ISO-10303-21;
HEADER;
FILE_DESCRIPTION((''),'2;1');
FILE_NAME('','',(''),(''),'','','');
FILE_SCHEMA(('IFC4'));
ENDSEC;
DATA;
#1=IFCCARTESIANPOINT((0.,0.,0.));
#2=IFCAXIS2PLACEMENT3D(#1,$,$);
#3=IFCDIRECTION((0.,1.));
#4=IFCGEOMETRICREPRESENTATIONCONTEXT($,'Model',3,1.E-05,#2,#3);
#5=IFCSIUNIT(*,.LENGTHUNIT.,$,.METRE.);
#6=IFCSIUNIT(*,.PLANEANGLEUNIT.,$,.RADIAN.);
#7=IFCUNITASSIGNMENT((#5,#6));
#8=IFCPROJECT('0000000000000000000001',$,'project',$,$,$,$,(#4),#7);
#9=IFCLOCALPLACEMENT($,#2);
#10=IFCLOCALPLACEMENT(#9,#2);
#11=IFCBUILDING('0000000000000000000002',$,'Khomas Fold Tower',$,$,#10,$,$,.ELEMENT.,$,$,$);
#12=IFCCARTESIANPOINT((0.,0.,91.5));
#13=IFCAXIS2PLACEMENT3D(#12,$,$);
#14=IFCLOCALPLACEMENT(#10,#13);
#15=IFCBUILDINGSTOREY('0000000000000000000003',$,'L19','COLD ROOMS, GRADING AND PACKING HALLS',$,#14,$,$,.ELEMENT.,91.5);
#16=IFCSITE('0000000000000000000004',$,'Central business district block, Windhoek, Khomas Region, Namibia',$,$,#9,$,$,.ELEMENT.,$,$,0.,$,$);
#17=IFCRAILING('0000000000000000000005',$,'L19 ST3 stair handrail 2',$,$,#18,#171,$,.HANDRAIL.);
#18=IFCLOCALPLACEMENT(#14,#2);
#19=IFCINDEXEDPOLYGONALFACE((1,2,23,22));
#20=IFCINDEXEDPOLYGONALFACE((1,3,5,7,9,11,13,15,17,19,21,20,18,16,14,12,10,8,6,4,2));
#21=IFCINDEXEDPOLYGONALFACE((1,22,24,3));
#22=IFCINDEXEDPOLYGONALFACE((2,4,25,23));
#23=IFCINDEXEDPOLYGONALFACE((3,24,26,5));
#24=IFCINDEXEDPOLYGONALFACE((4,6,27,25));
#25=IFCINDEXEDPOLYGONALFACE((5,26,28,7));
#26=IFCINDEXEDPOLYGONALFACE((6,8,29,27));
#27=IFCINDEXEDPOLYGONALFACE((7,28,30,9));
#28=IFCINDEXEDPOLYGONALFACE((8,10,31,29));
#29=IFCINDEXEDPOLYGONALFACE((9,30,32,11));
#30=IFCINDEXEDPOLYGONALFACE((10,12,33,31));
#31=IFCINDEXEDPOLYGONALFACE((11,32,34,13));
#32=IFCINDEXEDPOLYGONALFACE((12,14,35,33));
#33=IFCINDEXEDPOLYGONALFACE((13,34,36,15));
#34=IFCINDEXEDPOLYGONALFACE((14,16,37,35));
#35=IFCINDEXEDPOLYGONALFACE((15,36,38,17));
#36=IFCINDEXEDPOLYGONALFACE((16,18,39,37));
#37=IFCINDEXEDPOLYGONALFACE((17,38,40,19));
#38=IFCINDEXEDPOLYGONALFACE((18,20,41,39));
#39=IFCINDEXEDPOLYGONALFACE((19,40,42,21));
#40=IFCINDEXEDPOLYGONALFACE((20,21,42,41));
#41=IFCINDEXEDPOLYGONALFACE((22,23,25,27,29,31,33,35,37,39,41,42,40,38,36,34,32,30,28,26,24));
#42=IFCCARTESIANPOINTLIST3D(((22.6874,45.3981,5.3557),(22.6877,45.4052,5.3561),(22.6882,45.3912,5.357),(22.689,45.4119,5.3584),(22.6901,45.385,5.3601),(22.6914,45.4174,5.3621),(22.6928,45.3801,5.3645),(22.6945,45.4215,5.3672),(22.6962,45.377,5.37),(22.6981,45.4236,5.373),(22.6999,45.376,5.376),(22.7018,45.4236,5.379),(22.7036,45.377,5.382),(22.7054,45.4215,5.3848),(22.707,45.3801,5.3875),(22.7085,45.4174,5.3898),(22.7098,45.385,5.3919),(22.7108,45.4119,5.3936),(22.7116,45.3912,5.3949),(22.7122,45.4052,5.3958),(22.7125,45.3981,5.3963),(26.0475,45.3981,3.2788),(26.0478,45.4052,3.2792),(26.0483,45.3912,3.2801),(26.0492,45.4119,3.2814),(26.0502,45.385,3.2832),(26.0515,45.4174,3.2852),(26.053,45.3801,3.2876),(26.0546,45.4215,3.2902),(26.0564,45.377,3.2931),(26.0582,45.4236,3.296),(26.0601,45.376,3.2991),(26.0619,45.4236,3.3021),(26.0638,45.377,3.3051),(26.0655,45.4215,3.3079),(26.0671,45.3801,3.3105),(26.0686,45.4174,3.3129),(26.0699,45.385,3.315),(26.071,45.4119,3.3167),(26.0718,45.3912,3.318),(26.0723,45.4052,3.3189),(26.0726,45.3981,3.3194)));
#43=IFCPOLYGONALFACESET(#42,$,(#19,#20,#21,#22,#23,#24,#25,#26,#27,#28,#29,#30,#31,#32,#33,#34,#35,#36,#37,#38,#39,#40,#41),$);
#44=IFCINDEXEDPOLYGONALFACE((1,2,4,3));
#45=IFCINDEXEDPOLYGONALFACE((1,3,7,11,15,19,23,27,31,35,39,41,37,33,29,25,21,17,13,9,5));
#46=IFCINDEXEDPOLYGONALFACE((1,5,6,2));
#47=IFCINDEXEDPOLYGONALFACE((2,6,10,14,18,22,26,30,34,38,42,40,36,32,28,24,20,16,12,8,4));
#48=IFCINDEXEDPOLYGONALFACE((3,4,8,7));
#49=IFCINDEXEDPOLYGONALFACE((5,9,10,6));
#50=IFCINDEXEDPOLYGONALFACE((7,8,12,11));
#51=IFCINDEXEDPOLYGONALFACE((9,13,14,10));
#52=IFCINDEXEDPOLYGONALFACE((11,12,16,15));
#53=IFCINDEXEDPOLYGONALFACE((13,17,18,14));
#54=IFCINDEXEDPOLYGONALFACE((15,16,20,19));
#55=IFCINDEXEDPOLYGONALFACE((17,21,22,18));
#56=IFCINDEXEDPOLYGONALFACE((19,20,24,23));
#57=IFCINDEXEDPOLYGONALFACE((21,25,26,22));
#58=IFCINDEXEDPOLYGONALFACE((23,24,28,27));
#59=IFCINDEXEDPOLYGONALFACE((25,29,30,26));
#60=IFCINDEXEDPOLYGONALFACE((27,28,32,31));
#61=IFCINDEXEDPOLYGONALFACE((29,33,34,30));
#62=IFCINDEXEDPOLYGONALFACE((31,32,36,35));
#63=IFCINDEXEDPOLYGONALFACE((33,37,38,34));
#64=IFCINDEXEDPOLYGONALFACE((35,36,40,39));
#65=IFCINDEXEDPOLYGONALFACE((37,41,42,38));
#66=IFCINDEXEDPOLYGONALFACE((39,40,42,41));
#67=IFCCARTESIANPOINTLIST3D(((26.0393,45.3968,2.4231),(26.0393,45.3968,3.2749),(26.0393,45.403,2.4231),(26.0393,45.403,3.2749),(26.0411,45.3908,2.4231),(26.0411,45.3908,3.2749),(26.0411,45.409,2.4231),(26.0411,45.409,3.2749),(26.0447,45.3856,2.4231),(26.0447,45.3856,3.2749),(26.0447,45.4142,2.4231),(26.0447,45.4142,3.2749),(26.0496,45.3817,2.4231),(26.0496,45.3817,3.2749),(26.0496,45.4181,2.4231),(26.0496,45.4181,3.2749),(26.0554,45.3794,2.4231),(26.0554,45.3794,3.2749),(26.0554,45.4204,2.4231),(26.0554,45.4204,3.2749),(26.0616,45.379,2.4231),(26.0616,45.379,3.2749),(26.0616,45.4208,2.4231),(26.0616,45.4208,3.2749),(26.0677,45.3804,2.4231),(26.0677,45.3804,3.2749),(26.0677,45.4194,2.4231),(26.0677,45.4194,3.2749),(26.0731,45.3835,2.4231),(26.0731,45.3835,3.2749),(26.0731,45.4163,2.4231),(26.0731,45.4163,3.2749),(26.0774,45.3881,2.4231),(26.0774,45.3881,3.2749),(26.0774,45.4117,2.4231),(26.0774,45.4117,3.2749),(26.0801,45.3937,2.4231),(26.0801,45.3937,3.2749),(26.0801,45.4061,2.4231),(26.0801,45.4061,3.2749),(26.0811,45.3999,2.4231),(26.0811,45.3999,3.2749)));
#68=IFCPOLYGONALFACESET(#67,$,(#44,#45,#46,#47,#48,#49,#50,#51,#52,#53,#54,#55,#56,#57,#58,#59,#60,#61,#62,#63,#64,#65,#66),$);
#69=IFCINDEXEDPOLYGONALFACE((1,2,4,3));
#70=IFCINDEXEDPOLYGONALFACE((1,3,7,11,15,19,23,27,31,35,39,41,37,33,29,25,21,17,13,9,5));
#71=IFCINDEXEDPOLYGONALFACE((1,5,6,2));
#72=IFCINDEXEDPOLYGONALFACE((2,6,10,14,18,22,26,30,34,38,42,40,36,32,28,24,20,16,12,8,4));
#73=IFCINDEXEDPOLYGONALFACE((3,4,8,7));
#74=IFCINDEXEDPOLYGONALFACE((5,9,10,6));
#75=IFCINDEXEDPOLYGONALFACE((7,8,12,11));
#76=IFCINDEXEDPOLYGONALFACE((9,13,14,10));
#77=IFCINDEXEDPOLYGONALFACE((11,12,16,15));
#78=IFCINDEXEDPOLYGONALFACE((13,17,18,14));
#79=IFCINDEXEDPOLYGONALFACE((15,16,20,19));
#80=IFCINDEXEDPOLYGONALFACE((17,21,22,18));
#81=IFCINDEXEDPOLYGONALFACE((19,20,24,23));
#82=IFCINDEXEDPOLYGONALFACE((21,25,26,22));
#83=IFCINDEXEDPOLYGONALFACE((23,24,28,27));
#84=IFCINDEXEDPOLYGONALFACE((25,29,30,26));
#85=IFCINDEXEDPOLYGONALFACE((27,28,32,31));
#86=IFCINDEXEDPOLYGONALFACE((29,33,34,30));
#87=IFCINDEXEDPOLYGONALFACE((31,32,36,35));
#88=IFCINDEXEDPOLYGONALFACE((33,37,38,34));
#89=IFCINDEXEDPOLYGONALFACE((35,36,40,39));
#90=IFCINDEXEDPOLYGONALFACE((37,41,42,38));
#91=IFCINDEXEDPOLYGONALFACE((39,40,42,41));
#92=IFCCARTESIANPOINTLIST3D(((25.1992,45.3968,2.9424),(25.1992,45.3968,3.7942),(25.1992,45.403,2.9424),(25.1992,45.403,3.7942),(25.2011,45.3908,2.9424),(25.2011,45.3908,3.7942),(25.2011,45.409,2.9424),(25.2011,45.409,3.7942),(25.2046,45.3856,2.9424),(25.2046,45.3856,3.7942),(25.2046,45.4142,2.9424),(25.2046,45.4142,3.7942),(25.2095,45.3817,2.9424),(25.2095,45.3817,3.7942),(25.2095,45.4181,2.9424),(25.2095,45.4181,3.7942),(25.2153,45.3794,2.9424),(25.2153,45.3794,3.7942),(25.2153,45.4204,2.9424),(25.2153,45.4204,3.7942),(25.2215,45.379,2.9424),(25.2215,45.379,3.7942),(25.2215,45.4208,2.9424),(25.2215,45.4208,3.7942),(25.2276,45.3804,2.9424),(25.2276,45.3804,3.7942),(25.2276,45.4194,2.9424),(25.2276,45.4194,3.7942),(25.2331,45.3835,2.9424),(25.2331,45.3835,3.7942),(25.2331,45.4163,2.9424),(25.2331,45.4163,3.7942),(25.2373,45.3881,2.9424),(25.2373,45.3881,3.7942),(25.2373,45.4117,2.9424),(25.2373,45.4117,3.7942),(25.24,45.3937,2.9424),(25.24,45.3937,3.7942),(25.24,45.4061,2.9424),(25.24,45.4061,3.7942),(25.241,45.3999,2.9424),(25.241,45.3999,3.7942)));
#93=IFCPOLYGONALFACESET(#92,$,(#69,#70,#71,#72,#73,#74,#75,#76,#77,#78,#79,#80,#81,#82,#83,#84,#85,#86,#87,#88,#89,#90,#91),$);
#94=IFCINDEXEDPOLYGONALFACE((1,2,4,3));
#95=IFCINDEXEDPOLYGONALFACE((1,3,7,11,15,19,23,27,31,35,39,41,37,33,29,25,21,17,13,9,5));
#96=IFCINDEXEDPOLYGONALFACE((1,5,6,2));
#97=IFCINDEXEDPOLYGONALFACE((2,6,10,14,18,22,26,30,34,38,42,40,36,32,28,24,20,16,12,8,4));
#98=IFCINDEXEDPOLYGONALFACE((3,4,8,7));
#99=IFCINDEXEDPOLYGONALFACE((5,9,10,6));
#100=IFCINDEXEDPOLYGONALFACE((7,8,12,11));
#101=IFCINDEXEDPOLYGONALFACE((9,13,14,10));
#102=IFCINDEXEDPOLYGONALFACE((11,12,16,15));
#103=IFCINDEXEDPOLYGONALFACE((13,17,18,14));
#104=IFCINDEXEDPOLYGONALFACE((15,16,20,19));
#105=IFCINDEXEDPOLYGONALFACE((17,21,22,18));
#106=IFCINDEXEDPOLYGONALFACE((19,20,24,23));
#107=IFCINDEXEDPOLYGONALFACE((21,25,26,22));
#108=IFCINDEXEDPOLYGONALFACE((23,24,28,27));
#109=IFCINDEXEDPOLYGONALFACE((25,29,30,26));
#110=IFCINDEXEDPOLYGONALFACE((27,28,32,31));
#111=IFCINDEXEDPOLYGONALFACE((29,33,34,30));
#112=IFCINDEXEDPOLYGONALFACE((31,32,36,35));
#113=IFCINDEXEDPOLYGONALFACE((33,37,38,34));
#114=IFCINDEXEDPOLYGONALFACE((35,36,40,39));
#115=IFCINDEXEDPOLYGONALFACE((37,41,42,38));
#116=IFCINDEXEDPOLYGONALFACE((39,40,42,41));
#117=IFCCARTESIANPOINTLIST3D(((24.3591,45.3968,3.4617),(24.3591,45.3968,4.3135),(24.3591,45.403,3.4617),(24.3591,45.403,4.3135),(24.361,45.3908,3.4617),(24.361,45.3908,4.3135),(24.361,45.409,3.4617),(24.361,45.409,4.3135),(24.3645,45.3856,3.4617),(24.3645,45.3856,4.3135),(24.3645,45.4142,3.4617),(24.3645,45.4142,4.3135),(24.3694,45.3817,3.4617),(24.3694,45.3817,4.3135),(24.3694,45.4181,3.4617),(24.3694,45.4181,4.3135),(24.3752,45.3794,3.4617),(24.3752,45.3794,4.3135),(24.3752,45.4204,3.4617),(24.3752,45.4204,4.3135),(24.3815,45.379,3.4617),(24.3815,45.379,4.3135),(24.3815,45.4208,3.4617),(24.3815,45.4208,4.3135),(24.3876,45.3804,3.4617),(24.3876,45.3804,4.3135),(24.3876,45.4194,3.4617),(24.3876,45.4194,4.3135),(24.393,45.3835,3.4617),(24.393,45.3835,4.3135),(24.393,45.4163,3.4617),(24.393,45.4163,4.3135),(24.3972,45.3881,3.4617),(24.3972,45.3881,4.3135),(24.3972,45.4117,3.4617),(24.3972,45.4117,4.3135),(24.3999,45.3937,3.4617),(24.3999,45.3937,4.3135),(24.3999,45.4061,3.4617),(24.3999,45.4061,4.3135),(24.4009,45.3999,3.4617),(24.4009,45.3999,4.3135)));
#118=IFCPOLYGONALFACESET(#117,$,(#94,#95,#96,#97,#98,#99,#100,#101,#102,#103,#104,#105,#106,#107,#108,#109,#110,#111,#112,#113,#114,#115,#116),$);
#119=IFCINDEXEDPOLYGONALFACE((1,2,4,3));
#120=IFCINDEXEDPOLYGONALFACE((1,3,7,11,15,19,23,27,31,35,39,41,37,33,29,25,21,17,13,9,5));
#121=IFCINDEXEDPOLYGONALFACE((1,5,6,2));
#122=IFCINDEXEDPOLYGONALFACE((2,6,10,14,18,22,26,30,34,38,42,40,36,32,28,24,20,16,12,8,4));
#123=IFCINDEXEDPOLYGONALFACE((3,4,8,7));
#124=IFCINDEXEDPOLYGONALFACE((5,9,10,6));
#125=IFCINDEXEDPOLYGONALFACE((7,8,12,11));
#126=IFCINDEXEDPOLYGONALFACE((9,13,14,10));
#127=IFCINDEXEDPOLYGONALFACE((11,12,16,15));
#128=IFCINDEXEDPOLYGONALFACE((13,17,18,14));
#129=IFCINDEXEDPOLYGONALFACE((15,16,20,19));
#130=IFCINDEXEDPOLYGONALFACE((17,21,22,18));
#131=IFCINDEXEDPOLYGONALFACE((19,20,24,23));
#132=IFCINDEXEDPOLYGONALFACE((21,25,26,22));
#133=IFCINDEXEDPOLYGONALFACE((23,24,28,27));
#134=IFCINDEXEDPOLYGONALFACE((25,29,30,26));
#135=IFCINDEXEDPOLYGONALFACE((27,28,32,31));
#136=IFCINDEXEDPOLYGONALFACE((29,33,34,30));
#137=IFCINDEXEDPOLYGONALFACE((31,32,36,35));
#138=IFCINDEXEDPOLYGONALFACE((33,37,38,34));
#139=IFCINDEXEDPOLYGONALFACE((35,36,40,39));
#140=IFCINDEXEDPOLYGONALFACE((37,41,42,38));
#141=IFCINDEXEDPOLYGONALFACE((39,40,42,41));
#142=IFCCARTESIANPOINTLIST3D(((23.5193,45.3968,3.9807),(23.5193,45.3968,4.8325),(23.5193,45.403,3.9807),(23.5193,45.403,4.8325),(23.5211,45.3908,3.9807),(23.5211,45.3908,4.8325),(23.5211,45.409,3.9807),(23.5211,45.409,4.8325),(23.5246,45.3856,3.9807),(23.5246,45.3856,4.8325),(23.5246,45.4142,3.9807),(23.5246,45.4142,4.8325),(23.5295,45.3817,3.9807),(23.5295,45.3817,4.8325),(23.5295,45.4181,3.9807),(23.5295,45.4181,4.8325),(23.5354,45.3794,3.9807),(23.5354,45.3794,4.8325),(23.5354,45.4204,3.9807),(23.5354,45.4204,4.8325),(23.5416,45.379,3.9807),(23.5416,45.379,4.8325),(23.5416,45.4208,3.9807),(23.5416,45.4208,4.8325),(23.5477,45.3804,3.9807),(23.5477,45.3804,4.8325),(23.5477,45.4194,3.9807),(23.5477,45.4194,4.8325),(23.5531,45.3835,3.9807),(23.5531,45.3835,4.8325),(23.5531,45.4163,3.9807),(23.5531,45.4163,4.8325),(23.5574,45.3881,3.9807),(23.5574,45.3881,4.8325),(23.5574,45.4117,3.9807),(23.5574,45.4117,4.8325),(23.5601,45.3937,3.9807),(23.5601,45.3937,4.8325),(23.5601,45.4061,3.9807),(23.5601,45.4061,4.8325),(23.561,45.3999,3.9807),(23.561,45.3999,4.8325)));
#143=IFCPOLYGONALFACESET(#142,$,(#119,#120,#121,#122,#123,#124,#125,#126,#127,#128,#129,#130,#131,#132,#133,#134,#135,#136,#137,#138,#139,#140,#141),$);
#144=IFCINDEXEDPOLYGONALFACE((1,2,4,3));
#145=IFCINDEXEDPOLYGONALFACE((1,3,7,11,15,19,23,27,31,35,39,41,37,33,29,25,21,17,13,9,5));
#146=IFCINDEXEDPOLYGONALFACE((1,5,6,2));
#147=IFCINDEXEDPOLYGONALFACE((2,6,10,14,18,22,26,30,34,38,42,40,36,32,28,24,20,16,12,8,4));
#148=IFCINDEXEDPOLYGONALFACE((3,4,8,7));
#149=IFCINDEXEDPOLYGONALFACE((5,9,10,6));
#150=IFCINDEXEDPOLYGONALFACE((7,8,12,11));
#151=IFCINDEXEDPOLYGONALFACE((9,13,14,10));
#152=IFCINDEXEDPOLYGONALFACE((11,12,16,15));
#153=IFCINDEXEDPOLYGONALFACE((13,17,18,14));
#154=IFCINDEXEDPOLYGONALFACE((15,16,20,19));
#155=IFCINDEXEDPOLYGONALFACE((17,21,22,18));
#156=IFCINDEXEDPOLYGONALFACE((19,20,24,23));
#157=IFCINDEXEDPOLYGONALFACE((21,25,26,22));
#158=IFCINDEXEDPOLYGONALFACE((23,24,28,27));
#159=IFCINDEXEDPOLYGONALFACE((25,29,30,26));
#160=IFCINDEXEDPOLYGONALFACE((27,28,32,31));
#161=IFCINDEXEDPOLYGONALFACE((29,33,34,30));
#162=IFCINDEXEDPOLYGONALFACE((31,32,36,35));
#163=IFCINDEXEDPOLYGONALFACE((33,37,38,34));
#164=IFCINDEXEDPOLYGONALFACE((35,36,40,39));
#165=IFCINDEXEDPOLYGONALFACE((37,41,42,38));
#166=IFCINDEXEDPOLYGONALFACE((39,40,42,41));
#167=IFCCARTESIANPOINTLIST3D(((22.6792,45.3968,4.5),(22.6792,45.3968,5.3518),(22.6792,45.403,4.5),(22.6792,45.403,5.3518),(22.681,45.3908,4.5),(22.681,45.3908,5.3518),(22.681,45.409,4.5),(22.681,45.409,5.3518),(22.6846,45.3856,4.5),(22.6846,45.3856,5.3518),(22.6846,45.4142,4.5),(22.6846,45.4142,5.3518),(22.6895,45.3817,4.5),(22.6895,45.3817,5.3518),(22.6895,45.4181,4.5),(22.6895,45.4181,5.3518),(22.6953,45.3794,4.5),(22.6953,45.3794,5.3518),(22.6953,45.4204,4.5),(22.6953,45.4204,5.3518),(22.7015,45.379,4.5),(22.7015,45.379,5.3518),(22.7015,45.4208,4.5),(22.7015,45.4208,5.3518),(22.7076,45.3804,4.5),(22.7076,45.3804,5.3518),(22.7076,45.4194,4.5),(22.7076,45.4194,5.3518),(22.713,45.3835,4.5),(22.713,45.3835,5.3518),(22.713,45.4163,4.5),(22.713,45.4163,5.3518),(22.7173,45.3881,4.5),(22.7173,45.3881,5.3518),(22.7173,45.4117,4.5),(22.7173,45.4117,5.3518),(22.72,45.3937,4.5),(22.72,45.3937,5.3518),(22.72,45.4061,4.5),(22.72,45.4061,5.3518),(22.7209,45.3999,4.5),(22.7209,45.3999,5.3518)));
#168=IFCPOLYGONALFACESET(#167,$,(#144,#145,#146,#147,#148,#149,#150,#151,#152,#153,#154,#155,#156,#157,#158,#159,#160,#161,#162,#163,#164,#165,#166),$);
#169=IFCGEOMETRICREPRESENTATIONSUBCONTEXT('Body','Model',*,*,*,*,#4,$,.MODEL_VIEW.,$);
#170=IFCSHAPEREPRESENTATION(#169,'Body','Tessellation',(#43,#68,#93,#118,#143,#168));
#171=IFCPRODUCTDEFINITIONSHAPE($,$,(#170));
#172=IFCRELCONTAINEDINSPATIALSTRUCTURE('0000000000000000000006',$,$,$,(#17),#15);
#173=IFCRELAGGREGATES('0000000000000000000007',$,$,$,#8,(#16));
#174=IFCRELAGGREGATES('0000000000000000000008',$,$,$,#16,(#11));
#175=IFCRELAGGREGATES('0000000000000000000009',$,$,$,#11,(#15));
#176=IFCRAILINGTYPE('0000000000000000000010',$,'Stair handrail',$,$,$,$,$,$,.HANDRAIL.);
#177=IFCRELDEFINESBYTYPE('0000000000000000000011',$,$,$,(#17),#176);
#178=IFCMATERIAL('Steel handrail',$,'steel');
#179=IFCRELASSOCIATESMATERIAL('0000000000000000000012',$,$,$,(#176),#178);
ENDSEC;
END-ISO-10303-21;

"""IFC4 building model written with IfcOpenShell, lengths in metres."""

from ifc_helpers import new_model, si_unit, direction, frame, origin, origin_2d, place, context, subcontext, project, spatial, circle, extrude, source, transform, mapped, material, type_object, element, save


model = new_model("IFC4")

# Units and contexts
model_context = context("Model", 3, precision=1e-05, world=origin(), true_north=direction((0.0, 1.0)))
body_context = subcontext(model_context, "Body", "Model", "MODEL_VIEW")
ifc_project = project(units=[si_unit("LENGTHUNIT", "METRE"), si_unit("PLANEANGLEUNIT", "RADIAN")], contexts=[model_context])

# Site, building, storey
site_placement = place(None, origin())
site = spatial("IfcSite", under=ifc_project, at=site_placement, Name="Central business district block, Windhoek, Khomas Region, Namibia", CompositionType="ELEMENT", RefElevation=0.0)
building_placement = place(site_placement, origin())
building = spatial("IfcBuilding", under=site, at=building_placement, Name="Khomas Fold Tower", CompositionType="ELEMENT")
storey_placement = place(building_placement, frame((0.0, 0.0, 91.5)))
storey = spatial("IfcBuildingStorey", under=building, at=storey_placement, Name="L19", Description="COLD ROOMS, GRADING AND PACKING HALLS", CompositionType="ELEMENT", Elevation=91.5)

# Railing
ifc_material_1 = material(Name="Steel handrail", Category="steel")
railing_type_1 = type_object("IfcRailingType", Name="Stair handrail", PredefinedType="HANDRAIL", material=ifc_material_1)
shared_shape_1 = source(origin(), body_context, "Body", "SweptSolid", [
    extrude(circle(Radius=0.0239, at=origin_2d()), frame((0.0, 0.0, 0.876), z_axis=(-0.850623, 0.0, 0.525776), x_axis=(0.0, -1.0, 0.0)), (0.0, 0.0, 1.0), 3.9502),
    extrude(circle(Radius=0.021, at=origin_2d()), origin(), (0.0, 0.0, 1.0), 0.8518),
    extrude(circle(Radius=0.021, at=origin_2d()), frame((-0.8401, 0.0, 0.5193)), (0.0, 0.0, 1.0), 0.8518),
    extrude(circle(Radius=0.021, at=origin_2d()), frame((-1.6802, 0.0, 1.0386)), (0.0, 0.0, 1.0), 0.8518),
    extrude(circle(Radius=0.021, at=origin_2d()), frame((-2.52, 0.0, 1.5576)), (0.0, 0.0, 1.0), 0.8518),
    extrude(circle(Radius=0.021, at=origin_2d()), frame((-3.3601, 0.0, 2.0769)), (0.0, 0.0, 1.0), 0.8518),
])
railing_1_placement = place(storey_placement, frame((26.0601, 45.3999, 2.4231)))
element("IfcRailing", 1, at=railing_1_placement, inside=storey, type_object=railing_type_1, Name="L19 ST3 stair handrail 2", PredefinedType="HANDRAIL", context=body_context, shape_type="MappedRepresentation", body=[
    mapped(shared_shape_1, transform((0.0, 0.0, 0.0))),
])

save(model, "model.ifc")
